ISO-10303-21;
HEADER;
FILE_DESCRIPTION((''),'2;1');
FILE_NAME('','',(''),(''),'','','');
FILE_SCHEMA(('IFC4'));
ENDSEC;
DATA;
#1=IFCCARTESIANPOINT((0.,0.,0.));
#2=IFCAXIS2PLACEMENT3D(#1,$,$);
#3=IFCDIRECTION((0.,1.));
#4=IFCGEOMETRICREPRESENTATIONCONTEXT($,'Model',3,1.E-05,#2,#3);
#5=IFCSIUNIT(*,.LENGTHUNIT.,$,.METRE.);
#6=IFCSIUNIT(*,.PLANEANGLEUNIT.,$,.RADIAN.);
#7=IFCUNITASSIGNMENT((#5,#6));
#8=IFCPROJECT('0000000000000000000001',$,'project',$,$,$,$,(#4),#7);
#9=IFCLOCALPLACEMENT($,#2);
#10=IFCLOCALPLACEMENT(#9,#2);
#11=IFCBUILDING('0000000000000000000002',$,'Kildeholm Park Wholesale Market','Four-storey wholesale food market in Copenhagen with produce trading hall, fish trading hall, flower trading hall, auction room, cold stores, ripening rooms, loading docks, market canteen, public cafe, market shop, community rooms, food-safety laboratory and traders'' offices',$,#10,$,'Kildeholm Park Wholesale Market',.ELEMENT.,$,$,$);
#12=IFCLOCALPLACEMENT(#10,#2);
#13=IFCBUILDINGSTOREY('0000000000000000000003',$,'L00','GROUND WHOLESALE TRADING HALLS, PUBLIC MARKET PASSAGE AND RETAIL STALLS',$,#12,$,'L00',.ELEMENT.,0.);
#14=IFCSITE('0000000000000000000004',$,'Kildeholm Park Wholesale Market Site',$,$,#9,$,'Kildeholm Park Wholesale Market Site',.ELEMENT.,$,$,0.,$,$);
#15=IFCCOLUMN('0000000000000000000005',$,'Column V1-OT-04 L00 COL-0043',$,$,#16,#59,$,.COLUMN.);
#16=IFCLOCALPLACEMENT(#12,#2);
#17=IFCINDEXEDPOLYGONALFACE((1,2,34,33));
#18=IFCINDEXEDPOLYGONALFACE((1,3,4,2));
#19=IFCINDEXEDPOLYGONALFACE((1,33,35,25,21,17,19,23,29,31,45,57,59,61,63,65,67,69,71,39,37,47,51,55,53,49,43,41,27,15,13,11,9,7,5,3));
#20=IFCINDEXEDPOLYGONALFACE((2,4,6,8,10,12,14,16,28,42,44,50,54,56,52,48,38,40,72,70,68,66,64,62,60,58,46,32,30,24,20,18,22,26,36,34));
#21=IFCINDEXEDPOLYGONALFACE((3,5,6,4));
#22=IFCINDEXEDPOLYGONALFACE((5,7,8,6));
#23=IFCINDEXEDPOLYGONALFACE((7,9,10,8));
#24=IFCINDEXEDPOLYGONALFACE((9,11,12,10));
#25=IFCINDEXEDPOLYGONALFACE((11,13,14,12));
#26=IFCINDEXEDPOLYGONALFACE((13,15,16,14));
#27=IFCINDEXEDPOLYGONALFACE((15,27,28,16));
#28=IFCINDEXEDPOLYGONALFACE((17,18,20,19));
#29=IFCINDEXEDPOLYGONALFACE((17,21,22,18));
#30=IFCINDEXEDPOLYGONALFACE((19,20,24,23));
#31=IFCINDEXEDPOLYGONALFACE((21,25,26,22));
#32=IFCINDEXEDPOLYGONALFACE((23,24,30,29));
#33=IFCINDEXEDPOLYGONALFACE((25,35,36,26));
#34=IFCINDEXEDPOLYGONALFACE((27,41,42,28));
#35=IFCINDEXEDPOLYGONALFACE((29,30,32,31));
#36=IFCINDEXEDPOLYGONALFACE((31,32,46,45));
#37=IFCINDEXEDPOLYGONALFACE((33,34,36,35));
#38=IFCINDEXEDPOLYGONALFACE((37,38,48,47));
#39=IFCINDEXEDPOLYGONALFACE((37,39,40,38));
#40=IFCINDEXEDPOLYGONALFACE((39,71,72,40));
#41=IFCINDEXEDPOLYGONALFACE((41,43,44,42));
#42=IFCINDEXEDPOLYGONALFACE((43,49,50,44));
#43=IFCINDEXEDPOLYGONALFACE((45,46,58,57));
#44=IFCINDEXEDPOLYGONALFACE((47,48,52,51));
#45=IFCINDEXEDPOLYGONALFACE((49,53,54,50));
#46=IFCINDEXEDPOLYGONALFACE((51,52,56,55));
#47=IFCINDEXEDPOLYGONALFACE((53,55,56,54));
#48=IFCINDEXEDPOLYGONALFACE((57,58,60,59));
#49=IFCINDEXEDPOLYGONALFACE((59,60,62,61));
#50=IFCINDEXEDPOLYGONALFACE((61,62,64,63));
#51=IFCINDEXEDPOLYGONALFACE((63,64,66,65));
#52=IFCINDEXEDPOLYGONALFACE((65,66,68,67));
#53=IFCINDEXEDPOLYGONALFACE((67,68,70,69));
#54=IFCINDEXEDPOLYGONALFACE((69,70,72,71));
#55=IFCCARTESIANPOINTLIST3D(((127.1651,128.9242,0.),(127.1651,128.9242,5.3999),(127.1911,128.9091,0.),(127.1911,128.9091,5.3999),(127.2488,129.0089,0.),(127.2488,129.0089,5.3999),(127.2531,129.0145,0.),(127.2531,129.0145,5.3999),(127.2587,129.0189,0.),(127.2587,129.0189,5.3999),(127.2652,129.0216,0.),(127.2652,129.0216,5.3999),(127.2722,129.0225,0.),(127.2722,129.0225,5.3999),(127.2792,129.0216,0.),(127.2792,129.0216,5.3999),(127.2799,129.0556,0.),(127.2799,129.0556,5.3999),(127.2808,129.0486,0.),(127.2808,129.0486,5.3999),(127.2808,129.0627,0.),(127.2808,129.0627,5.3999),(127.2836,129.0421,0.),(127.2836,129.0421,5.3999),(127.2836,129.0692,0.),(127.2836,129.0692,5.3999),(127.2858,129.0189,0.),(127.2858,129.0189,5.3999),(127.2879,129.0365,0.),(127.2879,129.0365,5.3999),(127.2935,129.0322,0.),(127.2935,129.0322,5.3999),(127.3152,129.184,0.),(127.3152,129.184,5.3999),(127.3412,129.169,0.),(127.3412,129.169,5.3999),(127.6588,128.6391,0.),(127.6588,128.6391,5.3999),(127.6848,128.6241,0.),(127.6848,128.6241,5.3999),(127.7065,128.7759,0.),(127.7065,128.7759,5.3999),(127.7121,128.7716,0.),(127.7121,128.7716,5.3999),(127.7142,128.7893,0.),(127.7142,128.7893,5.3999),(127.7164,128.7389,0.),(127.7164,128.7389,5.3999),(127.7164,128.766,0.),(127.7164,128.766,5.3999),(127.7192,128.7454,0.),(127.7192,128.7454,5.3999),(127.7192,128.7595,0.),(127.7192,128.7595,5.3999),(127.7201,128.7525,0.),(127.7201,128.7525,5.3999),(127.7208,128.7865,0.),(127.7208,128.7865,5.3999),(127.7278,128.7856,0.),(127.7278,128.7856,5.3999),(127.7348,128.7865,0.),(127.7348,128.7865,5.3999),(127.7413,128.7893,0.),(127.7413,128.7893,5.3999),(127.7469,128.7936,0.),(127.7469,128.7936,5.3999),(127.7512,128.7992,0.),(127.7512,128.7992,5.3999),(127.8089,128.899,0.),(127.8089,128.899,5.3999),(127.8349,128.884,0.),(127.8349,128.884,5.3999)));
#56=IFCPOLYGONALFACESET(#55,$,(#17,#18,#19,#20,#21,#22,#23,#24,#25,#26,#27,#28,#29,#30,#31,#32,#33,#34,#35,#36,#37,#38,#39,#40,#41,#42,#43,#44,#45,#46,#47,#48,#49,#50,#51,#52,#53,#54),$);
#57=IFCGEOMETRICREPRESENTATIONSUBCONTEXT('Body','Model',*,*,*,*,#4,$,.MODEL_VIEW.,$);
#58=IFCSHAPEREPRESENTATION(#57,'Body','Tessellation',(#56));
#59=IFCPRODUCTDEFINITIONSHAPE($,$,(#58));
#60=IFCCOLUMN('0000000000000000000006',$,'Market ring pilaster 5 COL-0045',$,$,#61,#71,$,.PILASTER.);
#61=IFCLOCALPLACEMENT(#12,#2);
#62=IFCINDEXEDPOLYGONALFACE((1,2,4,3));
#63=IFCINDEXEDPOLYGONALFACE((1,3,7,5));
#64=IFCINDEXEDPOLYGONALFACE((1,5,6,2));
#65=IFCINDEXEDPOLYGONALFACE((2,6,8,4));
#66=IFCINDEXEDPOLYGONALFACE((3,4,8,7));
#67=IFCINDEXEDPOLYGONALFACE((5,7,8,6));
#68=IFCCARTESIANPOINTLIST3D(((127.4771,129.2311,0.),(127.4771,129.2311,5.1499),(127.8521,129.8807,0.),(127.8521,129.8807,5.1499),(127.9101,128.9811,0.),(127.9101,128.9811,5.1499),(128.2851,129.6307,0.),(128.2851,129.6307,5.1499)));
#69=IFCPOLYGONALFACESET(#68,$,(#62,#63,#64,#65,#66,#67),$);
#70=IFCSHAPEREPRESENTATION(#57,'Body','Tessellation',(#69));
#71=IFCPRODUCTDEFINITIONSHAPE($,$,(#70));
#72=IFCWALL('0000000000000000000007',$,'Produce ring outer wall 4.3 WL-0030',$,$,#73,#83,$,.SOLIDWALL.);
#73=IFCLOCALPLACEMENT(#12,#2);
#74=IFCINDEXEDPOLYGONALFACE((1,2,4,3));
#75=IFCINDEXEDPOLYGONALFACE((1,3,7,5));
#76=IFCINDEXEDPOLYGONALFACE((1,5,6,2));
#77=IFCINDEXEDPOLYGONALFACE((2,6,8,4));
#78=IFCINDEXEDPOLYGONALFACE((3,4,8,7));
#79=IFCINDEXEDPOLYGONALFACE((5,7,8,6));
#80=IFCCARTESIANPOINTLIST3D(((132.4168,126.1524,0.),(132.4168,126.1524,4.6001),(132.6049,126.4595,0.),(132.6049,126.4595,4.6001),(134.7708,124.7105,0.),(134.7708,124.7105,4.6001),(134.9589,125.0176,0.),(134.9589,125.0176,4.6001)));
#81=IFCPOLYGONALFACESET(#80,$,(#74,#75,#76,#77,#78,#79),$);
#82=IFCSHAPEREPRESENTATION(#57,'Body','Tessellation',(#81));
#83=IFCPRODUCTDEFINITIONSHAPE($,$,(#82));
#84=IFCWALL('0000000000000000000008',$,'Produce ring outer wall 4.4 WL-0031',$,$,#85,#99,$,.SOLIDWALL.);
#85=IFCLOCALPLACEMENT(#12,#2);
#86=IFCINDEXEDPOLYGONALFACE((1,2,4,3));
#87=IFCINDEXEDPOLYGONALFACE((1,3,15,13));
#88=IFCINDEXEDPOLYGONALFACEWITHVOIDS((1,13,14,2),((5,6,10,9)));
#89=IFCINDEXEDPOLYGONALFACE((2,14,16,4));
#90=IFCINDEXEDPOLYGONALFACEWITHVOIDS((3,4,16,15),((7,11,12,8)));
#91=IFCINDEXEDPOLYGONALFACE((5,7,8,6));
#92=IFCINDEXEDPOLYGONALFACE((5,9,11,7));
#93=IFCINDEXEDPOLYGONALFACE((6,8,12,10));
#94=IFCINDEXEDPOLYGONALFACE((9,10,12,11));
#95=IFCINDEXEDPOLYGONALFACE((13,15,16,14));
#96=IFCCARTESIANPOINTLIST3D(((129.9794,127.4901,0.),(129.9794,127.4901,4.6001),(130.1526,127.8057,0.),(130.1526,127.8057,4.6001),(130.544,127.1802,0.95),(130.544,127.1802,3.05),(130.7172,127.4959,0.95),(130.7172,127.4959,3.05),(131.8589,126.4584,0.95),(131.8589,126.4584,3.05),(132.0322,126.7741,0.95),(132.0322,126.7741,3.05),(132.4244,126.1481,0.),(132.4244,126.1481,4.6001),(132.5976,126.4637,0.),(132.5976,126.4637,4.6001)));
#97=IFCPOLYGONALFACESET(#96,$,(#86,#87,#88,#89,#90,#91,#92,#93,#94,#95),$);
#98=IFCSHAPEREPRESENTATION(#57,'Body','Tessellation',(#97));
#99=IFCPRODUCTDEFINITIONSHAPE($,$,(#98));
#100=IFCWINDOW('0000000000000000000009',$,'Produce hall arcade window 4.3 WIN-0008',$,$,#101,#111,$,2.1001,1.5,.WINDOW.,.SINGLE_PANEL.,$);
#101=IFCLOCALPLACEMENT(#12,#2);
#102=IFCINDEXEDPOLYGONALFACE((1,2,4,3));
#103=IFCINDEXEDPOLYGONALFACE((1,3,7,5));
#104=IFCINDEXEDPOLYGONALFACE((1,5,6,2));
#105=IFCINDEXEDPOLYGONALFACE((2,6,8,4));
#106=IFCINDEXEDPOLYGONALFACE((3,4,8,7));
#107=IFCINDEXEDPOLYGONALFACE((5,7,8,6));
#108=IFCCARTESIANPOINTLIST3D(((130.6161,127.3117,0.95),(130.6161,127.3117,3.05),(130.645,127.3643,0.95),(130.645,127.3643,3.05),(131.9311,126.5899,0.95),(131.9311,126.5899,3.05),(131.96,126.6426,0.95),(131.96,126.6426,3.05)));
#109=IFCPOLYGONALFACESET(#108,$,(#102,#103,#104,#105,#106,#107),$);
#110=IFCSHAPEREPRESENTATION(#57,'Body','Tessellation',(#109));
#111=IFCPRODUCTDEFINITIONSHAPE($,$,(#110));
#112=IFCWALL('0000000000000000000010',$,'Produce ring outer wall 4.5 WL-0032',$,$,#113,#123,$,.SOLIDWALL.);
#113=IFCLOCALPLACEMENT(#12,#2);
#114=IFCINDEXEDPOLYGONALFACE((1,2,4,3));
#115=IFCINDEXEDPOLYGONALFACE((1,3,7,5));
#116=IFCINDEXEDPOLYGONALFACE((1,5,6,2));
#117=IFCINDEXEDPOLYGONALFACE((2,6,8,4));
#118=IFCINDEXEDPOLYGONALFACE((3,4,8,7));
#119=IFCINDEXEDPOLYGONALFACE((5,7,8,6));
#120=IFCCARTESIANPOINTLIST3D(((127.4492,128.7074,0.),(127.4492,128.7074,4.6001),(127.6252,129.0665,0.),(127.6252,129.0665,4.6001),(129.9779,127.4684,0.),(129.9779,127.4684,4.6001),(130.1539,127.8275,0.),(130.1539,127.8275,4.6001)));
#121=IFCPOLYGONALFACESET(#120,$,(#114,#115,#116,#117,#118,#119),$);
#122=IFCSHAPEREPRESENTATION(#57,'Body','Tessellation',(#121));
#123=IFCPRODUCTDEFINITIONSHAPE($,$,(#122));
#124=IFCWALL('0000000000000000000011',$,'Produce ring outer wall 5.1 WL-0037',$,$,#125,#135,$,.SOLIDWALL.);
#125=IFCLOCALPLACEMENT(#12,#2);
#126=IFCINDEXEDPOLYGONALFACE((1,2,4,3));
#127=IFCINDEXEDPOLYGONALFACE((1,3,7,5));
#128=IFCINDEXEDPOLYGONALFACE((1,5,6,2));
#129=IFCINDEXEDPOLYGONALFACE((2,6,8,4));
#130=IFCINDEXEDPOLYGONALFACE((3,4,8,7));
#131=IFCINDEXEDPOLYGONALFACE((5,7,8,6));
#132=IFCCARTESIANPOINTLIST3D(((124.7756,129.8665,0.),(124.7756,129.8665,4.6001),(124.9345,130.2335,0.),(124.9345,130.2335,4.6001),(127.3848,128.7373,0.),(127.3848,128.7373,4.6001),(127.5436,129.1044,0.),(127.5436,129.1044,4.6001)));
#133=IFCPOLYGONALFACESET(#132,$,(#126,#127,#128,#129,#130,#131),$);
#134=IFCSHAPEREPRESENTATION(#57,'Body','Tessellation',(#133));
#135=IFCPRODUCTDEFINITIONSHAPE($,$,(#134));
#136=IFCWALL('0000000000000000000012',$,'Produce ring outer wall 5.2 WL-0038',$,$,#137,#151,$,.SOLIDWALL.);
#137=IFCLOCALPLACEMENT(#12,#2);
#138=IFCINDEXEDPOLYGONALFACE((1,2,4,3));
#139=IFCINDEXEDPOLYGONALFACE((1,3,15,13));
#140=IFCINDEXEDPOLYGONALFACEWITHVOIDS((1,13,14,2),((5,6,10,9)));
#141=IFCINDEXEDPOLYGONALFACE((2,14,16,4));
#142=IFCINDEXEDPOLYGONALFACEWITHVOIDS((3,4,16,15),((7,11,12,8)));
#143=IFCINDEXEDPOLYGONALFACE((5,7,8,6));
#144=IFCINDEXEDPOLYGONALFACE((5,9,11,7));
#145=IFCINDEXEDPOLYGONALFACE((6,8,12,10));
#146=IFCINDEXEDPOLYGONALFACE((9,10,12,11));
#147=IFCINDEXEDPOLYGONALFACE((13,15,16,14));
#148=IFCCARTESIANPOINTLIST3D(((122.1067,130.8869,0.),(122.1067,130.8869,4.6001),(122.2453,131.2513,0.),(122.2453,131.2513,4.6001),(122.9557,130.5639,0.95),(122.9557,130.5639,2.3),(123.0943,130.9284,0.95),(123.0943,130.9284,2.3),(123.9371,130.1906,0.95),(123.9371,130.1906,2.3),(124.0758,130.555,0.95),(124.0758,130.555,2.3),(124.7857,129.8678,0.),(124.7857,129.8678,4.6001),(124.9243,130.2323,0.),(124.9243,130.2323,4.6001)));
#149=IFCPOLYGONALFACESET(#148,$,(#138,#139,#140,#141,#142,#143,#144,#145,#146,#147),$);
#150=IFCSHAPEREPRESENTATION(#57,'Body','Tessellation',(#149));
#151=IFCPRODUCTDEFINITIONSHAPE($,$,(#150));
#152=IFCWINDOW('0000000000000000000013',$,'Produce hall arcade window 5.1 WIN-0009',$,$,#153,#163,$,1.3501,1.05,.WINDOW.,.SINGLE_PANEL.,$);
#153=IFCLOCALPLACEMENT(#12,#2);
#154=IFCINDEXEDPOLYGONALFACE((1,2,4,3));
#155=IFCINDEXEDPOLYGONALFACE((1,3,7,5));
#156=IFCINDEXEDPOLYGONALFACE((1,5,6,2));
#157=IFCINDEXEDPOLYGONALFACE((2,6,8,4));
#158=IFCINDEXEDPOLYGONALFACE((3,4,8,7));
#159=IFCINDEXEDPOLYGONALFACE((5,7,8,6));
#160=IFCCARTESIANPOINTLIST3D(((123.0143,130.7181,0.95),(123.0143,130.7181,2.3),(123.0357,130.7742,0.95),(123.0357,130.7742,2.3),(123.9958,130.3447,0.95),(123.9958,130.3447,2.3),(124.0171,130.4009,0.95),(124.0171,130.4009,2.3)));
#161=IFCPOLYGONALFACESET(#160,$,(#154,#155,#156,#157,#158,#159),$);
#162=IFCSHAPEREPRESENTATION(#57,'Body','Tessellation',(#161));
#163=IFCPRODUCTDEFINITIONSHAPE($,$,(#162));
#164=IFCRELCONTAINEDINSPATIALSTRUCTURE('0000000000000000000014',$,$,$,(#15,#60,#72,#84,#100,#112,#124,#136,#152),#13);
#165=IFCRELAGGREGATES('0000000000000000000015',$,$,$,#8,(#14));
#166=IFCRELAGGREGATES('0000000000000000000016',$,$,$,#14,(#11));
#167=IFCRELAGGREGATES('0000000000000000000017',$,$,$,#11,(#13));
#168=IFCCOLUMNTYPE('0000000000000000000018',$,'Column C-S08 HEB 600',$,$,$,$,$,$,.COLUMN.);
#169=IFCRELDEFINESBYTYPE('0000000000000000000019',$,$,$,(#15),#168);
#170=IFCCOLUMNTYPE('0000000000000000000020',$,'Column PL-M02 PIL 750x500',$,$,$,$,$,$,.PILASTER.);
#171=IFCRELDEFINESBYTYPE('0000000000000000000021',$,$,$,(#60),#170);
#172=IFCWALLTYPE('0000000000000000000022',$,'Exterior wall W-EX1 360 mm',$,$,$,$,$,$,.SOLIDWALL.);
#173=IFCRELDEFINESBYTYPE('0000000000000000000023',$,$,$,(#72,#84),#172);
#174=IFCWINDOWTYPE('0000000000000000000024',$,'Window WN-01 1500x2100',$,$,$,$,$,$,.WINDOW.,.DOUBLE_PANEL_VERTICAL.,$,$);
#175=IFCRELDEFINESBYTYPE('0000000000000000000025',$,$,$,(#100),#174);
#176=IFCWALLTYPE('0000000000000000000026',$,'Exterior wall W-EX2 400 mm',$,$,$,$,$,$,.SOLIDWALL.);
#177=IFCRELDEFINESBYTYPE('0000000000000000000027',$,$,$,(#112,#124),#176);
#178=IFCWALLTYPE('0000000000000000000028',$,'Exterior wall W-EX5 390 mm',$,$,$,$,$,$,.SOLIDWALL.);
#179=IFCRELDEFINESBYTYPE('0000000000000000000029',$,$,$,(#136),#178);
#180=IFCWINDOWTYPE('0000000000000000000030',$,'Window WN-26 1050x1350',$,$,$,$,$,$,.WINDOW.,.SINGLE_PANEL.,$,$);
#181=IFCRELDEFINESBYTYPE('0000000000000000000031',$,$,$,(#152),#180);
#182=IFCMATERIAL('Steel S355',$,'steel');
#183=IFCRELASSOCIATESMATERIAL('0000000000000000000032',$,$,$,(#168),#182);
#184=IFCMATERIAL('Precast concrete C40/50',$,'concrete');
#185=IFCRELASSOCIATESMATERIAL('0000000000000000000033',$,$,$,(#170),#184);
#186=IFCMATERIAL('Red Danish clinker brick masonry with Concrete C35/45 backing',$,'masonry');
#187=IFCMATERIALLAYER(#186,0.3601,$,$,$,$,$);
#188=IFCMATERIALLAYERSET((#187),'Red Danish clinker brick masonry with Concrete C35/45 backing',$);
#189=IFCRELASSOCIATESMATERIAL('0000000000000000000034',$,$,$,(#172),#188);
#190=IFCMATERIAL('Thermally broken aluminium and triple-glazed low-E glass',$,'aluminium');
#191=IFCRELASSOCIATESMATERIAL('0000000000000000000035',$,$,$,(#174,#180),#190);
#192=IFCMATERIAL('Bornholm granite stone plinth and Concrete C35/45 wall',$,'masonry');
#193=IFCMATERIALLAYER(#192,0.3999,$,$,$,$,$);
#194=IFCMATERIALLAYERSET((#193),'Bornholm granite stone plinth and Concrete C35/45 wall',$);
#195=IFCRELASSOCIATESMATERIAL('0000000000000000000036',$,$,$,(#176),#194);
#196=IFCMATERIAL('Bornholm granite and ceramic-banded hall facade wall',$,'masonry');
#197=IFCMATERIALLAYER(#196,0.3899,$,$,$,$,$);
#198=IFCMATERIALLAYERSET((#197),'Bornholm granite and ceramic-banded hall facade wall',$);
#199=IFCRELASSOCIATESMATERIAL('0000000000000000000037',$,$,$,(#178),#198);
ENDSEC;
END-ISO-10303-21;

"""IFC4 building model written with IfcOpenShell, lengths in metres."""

from ifc_helpers import new_model, si_unit, direction, frame, frame_2d, origin, origin_2d, place, context, subcontext, project, spatial, rectangle, i_section, extrude, material, layer, layer_set, material_profile, profile_set, type_object, element, fill, save


model = new_model("IFC4")

# Units and contexts
model_context = context("Model", 3, precision=1e-05, world=origin(), true_north=direction((0.0, 1.0)))
body_context = subcontext(model_context, "Body", "Model", "MODEL_VIEW")
ifc_project = project(units=[si_unit("LENGTHUNIT", "METRE"), si_unit("PLANEANGLEUNIT", "RADIAN")], contexts=[model_context])

# Site, building, storey
site_placement = place(None, origin())
site = spatial("IfcSite", under=ifc_project, at=site_placement, Name="Kildeholm Park Wholesale Market Site", LongName="Kildeholm Park Wholesale Market Site", CompositionType="ELEMENT", RefElevation=0.0)
building_placement = place(site_placement, origin())
building = spatial("IfcBuilding", under=site, at=building_placement, Name="Kildeholm Park Wholesale Market", Description="Four-storey wholesale food market in Copenhagen with produce trading hall, fish trading hall, flower trading hall, auction room, cold stores, ripening rooms, loading docks, market canteen, public cafe, market shop, community rooms, food-safety laboratory and traders' offices", LongName="Kildeholm Park Wholesale Market", CompositionType="ELEMENT")
storey_placement = place(building_placement, origin())
storey = spatial("IfcBuildingStorey", under=building, at=storey_placement, Name="L00", Description="GROUND WHOLESALE TRADING HALLS, PUBLIC MARKET PASSAGE AND RETAIL STALLS", LongName="L00", CompositionType="ELEMENT", Elevation=0.0)

# Columns
ifc_material_1 = material(Name="Steel S355", Category="steel")
ifc_material_profile_1 = material_profile(ifc_material_1, i_section(OverallWidth=0.3, OverallDepth=0.6001, WebThickness=0.0154, FlangeThickness=0.03, FilletRadius=0.0271, at=origin_2d()), Name="HEB 600")
ifc_profile_set_1 = profile_set([ifc_material_profile_1], Name="Steel S355")
column_type_1 = type_object("IfcColumnType", Name="Column C-S08 HEB 600", PredefinedType="COLUMN", material=ifc_profile_set_1)
for number, where, z_axis, x_axis, name in (
    (1, (127.5, 128.9041, 0.0), (0.0, 0.0, 1.0), (0.5, 0.866025, 0.0), "Column V1-OT-04 L00 COL-0043"),
):
    element("IfcColumn", number, at=place(storey_placement, frame(where, z_axis=z_axis, x_axis=x_axis)), inside=storey, type_object=column_type_1, Name=name, PredefinedType="COLUMN", context=body_context, shape_type="SweptSolid", body=[
        extrude(i_section(OverallWidth=0.3, OverallDepth=0.6001, WebThickness=0.0154, FlangeThickness=0.03, FilletRadius=0.0271, at=origin_2d()), origin(), (0.0, 0.0, 1.0), 5.3999),
    ])
ifc_material_2 = material(Name="Precast concrete C40/50", Category="concrete")
ifc_material_profile_2 = material_profile(ifc_material_2, rectangle(XDim=0.75, YDim=0.5, at=origin_2d()), Name="PIL 750x500")
ifc_profile_set_2 = profile_set([ifc_material_profile_2], Name="Precast concrete C40/50")
column_type_2 = type_object("IfcColumnType", Name="Column PL-M02 PIL 750x500", PredefinedType="PILASTER", material=ifc_profile_set_2)
column_placement = place(storey_placement, frame((127.8811, 129.4309, 0.0), z_axis=(0.0, 0.0, 1.0), x_axis=(0.5, 0.866025, 0.0)))
element("IfcColumn", 2, at=column_placement, inside=storey, type_object=column_type_2, Name="Market ring pilaster 5 COL-0045", PredefinedType="PILASTER", context=body_context, shape_type="SweptSolid", body=[
    extrude(rectangle(XDim=0.75, YDim=0.5, at=origin_2d()), origin(), (0.0, 0.0, 1.0), 5.1499),
])

# Wall
ifc_material_3 = material(Name="Red Danish clinker brick masonry with Concrete C35/45 backing", Category="masonry")
ifc_layer_1 = layer(ifc_material_3, 0.3601)
ifc_layer_set_1 = layer_set([ifc_layer_1], Name="Red Danish clinker brick masonry with Concrete C35/45 backing")
wall_type_1 = type_object("IfcWallType", Name="Exterior wall W-EX1 360 mm", PredefinedType="SOLIDWALL", material=ifc_layer_set_1)
wall_1_placement = place(storey_placement, frame((134.865, 124.864, 0.0), z_axis=(0.0, 0.0, 1.0), x_axis=(-0.852744, 0.52233, 0.0)))
element("IfcWall", 3, at=wall_1_placement, inside=storey, type_object=wall_type_1, Name="Produce ring outer wall 4.3 WL-0030", PredefinedType="SOLIDWALL", context=body_context, shape_type="SweptSolid", body=[
    extrude(rectangle(XDim=2.7605, YDim=0.3601, at=frame_2d((1.3804, 0.0))), origin(), (0.0, 0.0, 1.0), 4.6001),
])

# Wall, opening, window
wall_2_placement = place(storey_placement, frame((132.511, 126.3059, 0.0), z_axis=(0.0, 0.0, 1.0), x_axis=(-0.876631, 0.481163, 0.0)))
wall_2 = element("IfcWall", 4, at=wall_2_placement, inside=storey, type_object=wall_type_1, Name="Produce ring outer wall 4.4 WL-0031", PredefinedType="SOLIDWALL", context=body_context, shape_type="SweptSolid", body=[
    extrude(rectangle(XDim=2.7891, YDim=0.3601, at=frame_2d((1.3945, 0.0))), origin(), (0.0, 0.0, 1.0), 4.6001),
])
opening_1_placement = place(wall_2_placement, frame((0.645, 0.0, 0.95)))
opening_1 = element("IfcOpeningElement", 5, at=opening_1_placement, cuts=wall_2, PredefinedType="OPENING", context=body_context, shape_type="SweptSolid", body=[
    extrude(rectangle(XDim=1.5, YDim=2.1001, at=frame_2d((0.75, 1.05))), frame((0.0, 0.1899, 0.0), z_axis=(0.0, -1.0, 0.0), x_axis=(1.0, 0.0, 0.0)), (0.0, 0.0, 1.0), 0.3801),
])
ifc_material_4 = material(Name="Thermally broken aluminium and triple-glazed low-E glass", Category="aluminium")
window_type_1 = type_object("IfcWindowType", Name="Window WN-01 1500x2100", PartitioningType="DOUBLE_PANEL_VERTICAL", PredefinedType="WINDOW", material=ifc_material_4)
window_1_placement = place(opening_1_placement, origin())
window_1 = element("IfcWindow", 6, at=window_1_placement, inside=storey, type_object=window_type_1, Name="Produce hall arcade window 4.3 WIN-0008", OverallHeight=2.1001, OverallWidth=1.5, PartitioningType="SINGLE_PANEL", PredefinedType="WINDOW", context=body_context, shape_type="SweptSolid", body=[
    extrude(rectangle(XDim=1.5, YDim=2.1001, at=frame_2d((0.75, 1.05))), frame((0.0, 0.03, 0.0), z_axis=(0.0, -1.0, 0.0), x_axis=(1.0, 0.0, 0.0)), (0.0, 0.0, 1.0), 0.0601),
])
fill(opening_1, window_1)

# Walls
ifc_material_5 = material(Name="Bornholm granite stone plinth and Concrete C35/45 wall", Category="masonry")
ifc_layer_2 = layer(ifc_material_5, 0.3999)
ifc_layer_set_2 = layer_set([ifc_layer_2], Name="Bornholm granite stone plinth and Concrete C35/45 wall")
wall_type_2 = type_object("IfcWallType", Name="Exterior wall W-EX2 400 mm", PredefinedType="SOLIDWALL", material=ifc_layer_set_2)
wall_3_placement = place(storey_placement, frame((130.0659, 127.6479, 0.0), z_axis=(0.0, 0.0, 1.0), x_axis=(-0.898005, 0.439986, 0.0)))
element("IfcWall", 7, at=wall_3_placement, inside=storey, type_object=wall_type_2, Name="Produce ring outer wall 4.5 WL-0032", PredefinedType="SOLIDWALL", context=body_context, shape_type="SweptSolid", body=[
    extrude(rectangle(XDim=2.8159, YDim=0.3999, at=frame_2d((1.408, 0.0))), origin(), (0.0, 0.0, 1.0), 4.6001),
])
wall_4_placement = place(storey_placement, frame((127.4641, 128.9209, 0.0), z_axis=(0.0, 0.0, 1.0), x_axis=(-0.917745, 0.397171, 0.0)))
element("IfcWall", 8, at=wall_4_placement, inside=storey, type_object=wall_type_2, Name="Produce ring outer wall 5.1 WL-0037", PredefinedType="SOLIDWALL", context=body_context, shape_type="SweptSolid", body=[
    extrude(rectangle(XDim=2.843, YDim=0.3999, at=frame_2d((1.4214, 0.0))), origin(), (0.0, 0.0, 1.0), 4.6001),
])

# Wall, opening, window
ifc_material_6 = material(Name="Bornholm granite and ceramic-banded hall facade wall", Category="masonry")
ifc_layer_3 = layer(ifc_material_6, 0.3899)
ifc_layer_set_3 = layer_set([ifc_layer_3], Name="Bornholm granite and ceramic-banded hall facade wall")
wall_type_3 = type_object("IfcWallType", Name="Exterior wall W-EX5 390 mm", PredefinedType="SOLIDWALL", material=ifc_layer_set_3)
wall_5_placement = place(storey_placement, frame((124.855, 130.05, 0.0), z_axis=(0.0, 0.0, 1.0), x_axis=(-0.934663, 0.355535, 0.0)))
wall_5 = element("IfcWall", 9, at=wall_5_placement, inside=storey, type_object=wall_type_3, Name="Produce ring outer wall 5.2 WL-0038", PredefinedType="SOLIDWALL", context=body_context, shape_type="SweptSolid", body=[
    extrude(rectangle(XDim=2.8662, YDim=0.3899, at=frame_2d((1.4331, 0.0))), origin(), (0.0, 0.0, 1.0), 4.6001),
])
opening_2_placement = place(wall_5_placement, frame((0.908, 0.0, 0.95)))
opening_2 = element("IfcOpeningElement", 10, at=opening_2_placement, cuts=wall_5, PredefinedType="OPENING", context=body_context, shape_type="SweptSolid", body=[
    extrude(rectangle(XDim=1.05, YDim=1.3501, at=frame_2d((0.5249, 0.675))), frame((0.0, 0.2048, 0.0), z_axis=(0.0, -1.0, 0.0), x_axis=(1.0, 0.0, 0.0)), (0.0, 0.0, 1.0), 0.4099),
])
window_type_2 = type_object("IfcWindowType", Name="Window WN-26 1050x1350", PartitioningType="SINGLE_PANEL", PredefinedType="WINDOW", material=ifc_material_4)
window_2_placement = place(opening_2_placement, origin())
window_2 = element("IfcWindow", 11, at=window_2_placement, inside=storey, type_object=window_type_2, Name="Produce hall arcade window 5.1 WIN-0009", OverallHeight=1.3501, OverallWidth=1.05, PartitioningType="SINGLE_PANEL", PredefinedType="WINDOW", context=body_context, shape_type="SweptSolid", body=[
    extrude(rectangle(XDim=1.05, YDim=1.3501, at=frame_2d((0.5249, 0.675))), frame((0.0, 0.03, 0.0), z_axis=(0.0, -1.0, 0.0), x_axis=(1.0, 0.0, 0.0)), (0.0, 0.0, 1.0), 0.0601),
])
fill(opening_2, window_2)

save(model, "model.ifc")
